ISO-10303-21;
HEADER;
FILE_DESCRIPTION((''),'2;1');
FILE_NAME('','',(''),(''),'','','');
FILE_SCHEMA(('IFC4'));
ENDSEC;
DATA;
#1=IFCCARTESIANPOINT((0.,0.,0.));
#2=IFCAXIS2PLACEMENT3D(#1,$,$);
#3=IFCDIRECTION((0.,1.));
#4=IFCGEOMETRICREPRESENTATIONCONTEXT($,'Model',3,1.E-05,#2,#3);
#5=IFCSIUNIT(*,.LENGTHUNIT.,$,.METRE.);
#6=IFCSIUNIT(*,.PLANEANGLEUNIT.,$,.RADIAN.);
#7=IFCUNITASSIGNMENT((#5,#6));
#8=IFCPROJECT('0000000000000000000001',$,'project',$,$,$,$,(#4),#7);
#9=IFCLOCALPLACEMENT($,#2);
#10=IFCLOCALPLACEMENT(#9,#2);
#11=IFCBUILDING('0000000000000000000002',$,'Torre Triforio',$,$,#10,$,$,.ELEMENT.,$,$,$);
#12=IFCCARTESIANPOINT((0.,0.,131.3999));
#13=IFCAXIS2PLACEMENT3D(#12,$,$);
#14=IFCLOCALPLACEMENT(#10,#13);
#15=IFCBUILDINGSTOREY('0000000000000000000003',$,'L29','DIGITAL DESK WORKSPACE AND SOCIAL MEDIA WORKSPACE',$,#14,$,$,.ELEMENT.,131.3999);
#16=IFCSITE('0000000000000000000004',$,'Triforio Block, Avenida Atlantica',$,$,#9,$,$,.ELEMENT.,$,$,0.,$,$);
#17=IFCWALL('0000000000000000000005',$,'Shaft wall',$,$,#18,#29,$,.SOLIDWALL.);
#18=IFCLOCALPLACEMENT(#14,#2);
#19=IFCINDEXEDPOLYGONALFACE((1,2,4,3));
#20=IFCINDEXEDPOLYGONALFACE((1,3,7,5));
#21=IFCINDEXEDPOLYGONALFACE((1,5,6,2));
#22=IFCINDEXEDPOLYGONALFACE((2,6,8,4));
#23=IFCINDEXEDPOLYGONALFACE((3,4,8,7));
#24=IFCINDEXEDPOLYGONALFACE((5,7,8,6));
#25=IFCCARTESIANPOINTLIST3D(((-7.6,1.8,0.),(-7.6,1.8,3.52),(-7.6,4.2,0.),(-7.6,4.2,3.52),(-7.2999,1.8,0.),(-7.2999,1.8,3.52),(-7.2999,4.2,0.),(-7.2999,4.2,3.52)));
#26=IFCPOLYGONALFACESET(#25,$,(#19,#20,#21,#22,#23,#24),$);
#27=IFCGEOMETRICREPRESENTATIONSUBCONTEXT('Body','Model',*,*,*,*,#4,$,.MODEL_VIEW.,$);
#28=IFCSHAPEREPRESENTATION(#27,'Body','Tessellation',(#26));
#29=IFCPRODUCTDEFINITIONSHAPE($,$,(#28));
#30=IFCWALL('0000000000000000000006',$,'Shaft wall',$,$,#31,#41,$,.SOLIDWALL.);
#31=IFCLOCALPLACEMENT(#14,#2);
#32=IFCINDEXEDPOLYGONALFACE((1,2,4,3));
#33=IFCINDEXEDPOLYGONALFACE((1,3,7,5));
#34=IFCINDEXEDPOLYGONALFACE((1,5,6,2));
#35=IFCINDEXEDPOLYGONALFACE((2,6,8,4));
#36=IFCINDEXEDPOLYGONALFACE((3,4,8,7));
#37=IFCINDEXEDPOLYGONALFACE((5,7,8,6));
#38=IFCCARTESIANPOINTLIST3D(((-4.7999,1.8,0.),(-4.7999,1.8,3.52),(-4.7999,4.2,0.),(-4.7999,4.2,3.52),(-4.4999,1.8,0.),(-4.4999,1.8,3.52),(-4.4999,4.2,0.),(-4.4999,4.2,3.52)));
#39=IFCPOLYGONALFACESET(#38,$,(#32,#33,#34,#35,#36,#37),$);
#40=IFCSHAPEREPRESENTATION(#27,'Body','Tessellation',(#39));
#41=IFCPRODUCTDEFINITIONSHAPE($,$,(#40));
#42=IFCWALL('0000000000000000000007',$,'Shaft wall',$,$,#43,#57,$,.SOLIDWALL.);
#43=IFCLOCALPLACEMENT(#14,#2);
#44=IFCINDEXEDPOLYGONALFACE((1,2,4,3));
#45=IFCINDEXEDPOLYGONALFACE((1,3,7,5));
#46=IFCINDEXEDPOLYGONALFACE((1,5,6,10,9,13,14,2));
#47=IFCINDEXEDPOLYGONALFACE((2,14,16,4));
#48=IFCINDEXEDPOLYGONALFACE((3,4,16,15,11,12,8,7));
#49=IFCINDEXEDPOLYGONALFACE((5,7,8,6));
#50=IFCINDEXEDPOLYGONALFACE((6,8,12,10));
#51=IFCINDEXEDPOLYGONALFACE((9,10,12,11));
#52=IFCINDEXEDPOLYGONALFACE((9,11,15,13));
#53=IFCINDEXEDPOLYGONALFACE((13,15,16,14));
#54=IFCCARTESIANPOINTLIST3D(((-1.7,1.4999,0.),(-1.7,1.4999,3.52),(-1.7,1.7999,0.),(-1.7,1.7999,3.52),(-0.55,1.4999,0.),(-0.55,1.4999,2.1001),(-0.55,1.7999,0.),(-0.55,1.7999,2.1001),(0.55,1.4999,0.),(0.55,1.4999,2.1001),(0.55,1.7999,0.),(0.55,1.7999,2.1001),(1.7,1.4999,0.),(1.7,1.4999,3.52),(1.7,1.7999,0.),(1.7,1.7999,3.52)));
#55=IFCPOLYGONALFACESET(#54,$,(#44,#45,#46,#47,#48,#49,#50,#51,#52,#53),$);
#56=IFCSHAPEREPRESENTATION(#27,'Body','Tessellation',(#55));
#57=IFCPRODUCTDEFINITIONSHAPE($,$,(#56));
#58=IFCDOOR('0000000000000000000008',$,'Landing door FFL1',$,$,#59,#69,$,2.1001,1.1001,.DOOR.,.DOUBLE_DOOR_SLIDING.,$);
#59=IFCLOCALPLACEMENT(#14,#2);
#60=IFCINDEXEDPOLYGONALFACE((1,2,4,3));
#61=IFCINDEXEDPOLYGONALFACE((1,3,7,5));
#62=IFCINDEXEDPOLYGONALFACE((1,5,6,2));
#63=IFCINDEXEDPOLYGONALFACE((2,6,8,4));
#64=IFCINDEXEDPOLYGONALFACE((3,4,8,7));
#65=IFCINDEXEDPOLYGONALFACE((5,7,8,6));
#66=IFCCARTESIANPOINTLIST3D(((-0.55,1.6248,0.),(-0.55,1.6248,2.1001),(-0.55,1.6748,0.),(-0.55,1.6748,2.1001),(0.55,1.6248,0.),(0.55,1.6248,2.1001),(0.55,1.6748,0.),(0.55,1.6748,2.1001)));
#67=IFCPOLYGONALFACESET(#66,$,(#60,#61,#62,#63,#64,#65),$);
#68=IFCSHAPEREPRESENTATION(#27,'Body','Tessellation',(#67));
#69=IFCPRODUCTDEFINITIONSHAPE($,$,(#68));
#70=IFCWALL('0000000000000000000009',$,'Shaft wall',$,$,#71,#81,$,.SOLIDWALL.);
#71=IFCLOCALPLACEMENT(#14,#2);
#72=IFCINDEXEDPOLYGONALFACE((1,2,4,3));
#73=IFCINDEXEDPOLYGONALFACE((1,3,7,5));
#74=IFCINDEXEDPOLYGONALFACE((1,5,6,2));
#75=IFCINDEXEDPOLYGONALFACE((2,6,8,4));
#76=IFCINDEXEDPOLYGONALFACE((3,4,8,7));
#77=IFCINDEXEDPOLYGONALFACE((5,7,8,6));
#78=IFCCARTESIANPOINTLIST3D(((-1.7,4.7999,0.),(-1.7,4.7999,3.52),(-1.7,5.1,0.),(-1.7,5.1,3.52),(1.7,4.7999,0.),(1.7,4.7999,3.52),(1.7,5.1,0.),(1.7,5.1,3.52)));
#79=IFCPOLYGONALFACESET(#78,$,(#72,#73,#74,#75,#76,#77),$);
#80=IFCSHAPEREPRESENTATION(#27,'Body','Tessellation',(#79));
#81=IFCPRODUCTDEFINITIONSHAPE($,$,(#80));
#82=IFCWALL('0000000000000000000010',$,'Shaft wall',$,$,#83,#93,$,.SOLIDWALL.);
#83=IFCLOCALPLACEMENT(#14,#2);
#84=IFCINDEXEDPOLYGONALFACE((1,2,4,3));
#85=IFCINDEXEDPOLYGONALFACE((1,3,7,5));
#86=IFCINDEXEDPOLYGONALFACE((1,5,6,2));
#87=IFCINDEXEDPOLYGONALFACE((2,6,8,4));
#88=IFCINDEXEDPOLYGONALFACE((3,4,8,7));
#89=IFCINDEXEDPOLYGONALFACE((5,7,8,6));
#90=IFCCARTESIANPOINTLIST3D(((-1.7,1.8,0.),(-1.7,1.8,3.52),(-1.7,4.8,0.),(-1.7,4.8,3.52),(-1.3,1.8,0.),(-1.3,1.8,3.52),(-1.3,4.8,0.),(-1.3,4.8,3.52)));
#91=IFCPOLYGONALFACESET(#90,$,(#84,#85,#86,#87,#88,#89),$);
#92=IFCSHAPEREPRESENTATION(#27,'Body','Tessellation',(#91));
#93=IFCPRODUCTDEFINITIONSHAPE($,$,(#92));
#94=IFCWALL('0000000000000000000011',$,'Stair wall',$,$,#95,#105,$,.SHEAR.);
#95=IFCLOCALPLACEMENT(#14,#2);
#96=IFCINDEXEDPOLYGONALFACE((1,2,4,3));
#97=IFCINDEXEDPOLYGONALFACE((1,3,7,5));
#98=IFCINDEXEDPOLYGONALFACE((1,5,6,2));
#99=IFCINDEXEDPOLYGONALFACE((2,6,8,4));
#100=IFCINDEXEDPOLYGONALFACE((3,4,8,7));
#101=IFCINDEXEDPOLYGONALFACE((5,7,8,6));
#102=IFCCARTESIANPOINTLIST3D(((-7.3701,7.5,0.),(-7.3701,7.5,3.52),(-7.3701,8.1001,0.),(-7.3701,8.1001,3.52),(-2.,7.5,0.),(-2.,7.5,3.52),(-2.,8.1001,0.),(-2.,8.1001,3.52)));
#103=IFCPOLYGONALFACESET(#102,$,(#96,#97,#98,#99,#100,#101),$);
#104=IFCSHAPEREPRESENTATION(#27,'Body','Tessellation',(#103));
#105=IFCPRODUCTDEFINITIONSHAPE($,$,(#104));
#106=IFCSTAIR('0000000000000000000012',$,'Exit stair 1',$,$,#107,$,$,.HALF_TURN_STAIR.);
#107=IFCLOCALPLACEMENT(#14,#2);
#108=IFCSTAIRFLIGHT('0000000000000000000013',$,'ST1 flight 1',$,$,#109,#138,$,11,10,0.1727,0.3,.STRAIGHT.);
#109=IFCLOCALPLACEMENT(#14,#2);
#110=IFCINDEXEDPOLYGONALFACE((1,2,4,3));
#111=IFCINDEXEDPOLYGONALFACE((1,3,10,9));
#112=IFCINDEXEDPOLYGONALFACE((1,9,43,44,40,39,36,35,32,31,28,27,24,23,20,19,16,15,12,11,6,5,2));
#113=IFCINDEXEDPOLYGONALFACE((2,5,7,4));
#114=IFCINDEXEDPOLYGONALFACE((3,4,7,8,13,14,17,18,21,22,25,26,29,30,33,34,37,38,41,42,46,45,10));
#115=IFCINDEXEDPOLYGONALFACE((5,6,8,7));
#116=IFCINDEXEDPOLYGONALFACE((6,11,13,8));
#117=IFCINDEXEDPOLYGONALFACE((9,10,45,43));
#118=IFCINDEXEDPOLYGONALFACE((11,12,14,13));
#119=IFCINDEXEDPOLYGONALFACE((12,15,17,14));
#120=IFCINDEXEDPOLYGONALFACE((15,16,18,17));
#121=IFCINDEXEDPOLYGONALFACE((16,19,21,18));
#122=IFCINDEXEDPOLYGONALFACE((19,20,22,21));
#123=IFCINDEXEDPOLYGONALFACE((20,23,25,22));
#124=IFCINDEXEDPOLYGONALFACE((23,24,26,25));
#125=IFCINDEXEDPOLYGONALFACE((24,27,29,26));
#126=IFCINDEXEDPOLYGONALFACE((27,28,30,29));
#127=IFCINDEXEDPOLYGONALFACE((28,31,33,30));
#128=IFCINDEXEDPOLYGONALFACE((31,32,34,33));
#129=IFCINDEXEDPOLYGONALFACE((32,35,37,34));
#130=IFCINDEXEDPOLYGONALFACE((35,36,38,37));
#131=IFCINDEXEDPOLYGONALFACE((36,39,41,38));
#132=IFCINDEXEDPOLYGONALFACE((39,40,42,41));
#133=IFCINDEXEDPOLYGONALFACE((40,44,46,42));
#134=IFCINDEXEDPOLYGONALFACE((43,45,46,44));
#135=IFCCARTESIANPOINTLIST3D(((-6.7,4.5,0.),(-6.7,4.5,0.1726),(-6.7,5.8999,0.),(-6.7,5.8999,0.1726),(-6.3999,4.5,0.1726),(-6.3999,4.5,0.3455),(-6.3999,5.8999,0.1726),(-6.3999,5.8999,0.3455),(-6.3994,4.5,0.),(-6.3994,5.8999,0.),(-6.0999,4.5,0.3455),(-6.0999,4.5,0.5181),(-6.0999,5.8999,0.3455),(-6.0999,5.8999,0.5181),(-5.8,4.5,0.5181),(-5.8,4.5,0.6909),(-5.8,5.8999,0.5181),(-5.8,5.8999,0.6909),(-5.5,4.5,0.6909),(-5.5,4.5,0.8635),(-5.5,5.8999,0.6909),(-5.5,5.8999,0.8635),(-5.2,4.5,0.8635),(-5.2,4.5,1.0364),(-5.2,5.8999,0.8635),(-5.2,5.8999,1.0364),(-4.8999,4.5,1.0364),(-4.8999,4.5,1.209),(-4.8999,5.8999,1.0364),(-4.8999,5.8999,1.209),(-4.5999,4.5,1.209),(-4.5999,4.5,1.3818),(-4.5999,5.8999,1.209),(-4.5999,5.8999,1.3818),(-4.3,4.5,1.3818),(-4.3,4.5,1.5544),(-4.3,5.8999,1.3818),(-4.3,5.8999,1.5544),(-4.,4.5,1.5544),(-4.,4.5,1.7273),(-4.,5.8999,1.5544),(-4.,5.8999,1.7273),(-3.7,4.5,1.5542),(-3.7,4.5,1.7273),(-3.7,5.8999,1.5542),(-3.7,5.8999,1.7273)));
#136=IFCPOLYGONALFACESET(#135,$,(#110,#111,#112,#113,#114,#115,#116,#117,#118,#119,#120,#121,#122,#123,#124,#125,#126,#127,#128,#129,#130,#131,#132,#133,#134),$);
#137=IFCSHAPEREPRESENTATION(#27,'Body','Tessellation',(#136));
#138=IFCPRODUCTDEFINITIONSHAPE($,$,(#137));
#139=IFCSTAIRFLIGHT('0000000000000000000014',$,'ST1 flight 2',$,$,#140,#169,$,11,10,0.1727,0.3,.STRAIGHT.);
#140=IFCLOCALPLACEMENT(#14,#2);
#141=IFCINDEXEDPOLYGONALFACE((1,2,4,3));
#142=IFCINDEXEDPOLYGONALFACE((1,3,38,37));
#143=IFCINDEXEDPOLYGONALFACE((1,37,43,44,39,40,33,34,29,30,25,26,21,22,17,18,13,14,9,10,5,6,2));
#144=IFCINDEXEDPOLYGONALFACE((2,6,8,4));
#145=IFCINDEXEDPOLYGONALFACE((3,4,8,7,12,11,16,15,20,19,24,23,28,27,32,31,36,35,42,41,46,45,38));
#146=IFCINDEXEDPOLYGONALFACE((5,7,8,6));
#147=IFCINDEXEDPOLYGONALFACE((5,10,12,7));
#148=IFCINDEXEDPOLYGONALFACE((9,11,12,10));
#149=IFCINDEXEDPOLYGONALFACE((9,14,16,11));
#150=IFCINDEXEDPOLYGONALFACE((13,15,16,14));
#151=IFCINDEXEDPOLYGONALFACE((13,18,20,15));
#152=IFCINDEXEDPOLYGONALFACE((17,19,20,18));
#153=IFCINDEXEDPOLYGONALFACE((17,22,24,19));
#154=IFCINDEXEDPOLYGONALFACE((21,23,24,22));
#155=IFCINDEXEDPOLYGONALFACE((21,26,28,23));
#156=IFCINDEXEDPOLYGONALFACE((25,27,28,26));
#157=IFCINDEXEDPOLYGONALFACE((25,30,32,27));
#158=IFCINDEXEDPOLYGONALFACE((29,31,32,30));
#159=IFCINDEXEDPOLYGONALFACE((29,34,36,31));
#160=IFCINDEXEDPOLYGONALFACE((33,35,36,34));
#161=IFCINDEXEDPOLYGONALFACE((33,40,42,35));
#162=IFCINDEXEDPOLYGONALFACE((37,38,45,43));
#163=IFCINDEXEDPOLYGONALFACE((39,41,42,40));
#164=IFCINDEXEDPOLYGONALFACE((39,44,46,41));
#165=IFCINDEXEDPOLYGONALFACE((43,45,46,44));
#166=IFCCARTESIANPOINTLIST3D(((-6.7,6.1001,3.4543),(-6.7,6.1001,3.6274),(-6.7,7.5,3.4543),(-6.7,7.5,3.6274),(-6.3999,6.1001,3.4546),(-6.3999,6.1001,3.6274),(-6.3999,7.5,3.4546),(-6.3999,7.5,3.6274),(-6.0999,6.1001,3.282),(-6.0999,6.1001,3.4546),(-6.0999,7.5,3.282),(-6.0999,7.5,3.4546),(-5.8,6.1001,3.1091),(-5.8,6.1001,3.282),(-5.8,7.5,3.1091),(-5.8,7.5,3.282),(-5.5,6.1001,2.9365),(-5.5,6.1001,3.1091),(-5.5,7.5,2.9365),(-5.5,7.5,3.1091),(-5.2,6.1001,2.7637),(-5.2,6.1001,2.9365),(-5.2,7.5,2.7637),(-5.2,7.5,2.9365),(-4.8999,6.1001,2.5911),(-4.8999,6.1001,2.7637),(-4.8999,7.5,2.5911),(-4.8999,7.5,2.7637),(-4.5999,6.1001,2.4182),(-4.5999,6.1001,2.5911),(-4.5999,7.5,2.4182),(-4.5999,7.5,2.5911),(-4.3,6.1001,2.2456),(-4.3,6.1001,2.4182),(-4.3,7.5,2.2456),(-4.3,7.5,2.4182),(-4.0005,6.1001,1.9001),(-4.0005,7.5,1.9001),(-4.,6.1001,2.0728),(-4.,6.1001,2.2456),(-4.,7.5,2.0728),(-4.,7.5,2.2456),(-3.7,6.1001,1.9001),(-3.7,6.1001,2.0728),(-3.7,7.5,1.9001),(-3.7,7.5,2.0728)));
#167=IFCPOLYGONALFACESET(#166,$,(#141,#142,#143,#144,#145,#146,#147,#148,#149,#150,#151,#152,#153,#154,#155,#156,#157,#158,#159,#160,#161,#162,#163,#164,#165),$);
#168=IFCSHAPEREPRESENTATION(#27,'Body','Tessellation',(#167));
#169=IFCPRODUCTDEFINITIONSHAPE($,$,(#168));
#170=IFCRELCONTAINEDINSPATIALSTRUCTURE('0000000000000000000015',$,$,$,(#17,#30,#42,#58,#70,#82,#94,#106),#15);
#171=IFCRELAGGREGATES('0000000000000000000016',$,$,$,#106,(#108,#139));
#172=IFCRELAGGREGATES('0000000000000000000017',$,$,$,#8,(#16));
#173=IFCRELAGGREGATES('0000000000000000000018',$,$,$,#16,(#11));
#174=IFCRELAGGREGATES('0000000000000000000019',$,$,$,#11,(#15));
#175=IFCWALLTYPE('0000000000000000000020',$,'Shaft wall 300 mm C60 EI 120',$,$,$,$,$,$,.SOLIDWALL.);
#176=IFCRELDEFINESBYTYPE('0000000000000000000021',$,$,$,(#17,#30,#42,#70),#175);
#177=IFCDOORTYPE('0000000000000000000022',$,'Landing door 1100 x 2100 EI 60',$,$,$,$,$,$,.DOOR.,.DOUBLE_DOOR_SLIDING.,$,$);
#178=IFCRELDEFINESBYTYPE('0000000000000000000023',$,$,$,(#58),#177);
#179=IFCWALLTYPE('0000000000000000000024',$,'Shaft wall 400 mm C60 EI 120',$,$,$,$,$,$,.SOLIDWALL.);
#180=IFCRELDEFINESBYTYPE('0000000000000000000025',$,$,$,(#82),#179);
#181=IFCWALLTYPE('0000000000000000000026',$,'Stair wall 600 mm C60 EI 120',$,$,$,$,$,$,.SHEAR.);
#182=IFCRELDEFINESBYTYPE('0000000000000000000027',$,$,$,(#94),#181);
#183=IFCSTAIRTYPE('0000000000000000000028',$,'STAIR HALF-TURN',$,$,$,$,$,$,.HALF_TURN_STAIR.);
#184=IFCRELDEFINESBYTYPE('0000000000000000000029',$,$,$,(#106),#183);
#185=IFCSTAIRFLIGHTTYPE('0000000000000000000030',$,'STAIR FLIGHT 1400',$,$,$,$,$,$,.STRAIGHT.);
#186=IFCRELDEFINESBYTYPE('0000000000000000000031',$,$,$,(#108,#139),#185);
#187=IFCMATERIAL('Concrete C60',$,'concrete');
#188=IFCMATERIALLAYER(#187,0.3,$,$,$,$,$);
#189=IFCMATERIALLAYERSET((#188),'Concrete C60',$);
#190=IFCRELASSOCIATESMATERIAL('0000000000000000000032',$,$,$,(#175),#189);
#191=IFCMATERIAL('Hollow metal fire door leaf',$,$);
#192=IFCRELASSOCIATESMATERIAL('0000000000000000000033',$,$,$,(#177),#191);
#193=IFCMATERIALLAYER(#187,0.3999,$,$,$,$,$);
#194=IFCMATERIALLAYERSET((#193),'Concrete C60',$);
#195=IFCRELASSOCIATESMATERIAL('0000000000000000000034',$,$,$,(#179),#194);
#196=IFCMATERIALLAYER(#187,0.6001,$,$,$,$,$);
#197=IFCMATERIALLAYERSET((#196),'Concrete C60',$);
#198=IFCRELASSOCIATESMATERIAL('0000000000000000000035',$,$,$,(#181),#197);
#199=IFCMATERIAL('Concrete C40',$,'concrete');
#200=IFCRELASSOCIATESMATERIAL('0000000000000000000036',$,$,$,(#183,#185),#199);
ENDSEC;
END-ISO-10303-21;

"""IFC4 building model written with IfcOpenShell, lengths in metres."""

from ifc_helpers import new_model, si_unit, direction, frame, frame_2d, origin, place, context, subcontext, project, spatial, polyline, rectangle, outline, extrude, material, layer, layer_set, type_object, element, fill, aggregate, save


model = new_model("IFC4")

# Units and contexts
model_context = context("Model", 3, precision=1e-05, world=origin(), true_north=direction((0.0, 1.0)))
body_context = subcontext(model_context, "Body", "Model", "MODEL_VIEW")
ifc_project = project(units=[si_unit("LENGTHUNIT", "METRE"), si_unit("PLANEANGLEUNIT", "RADIAN")], contexts=[model_context])

# Site, building, storey
site_placement = place(None, origin())
site = spatial("IfcSite", under=ifc_project, at=site_placement, Name="Triforio Block, Avenida Atlantica", CompositionType="ELEMENT", RefElevation=0.0)
building_placement = place(site_placement, origin())
building = spatial("IfcBuilding", under=site, at=building_placement, Name="Torre Triforio", CompositionType="ELEMENT")
storey_placement = place(building_placement, frame((0.0, 0.0, 131.3999)))
storey = spatial("IfcBuildingStorey", under=building, at=storey_placement, Name="L29", Description="DIGITAL DESK WORKSPACE AND SOCIAL MEDIA WORKSPACE", CompositionType="ELEMENT", Elevation=131.3999)

# Walls
ifc_material_1 = material(Name="Concrete C60", Category="concrete")
ifc_layer_1 = layer(ifc_material_1, 0.3)
ifc_layer_set_1 = layer_set([ifc_layer_1], Name="Concrete C60")
wall_type_1 = type_object("IfcWallType", Name="Shaft wall 300 mm C60 EI 120", PredefinedType="SOLIDWALL", material=ifc_layer_set_1)
for number, where, z_axis, x_axis, name in (
    (1, (-7.45, 1.8, 0.0), (0.0, 0.0, 1.0), (0.0, 1.0, 0.0), "Shaft wall"),
    (2, (-4.6499, 1.8, 0.0), (0.0, 0.0, 1.0), (0.0, 1.0, 0.0), "Shaft wall"),
):
    element("IfcWall", number, at=place(storey_placement, frame(where, z_axis=z_axis, x_axis=x_axis)), inside=storey, type_object=wall_type_1, Name=name, PredefinedType="SOLIDWALL", context=body_context, shape_type="SweptSolid", body=[
        extrude(rectangle(XDim=2.3999, YDim=0.3, at=frame_2d((1.2, 0.0))), origin(), (0.0, 0.0, 1.0), 3.52),
    ])

# Wall, opening, door
wall_1_placement = place(storey_placement, frame((-1.7, 1.6499, 0.0), z_axis=(0.0, 0.0, 1.0), x_axis=(1.0, 0.0, 0.0)))
wall_1 = element("IfcWall", 3, at=wall_1_placement, inside=storey, type_object=wall_type_1, Name="Shaft wall", PredefinedType="SOLIDWALL", context=body_context, shape_type="SweptSolid", body=[
    extrude(rectangle(XDim=3.3999, YDim=0.3, at=frame_2d((1.7, 0.0))), origin(), (0.0, 0.0, 1.0), 3.52),
])
opening_placement = place(wall_1_placement, frame((1.1499, 0.0, 0.0)))
opening = element("IfcOpeningElement", 4, at=opening_placement, cuts=wall_1, PredefinedType="OPENING", context=body_context, shape_type="SweptSolid", body=[
    extrude(rectangle(XDim=1.1001, YDim=2.1001, at=frame_2d((0.55, 1.05))), frame((0.0, 0.1599, 0.0), z_axis=(0.0, -1.0, 0.0), x_axis=(1.0, 0.0, 0.0)), (0.0, 0.0, 1.0), 0.3201),
])
ifc_material_2 = material(Name="Hollow metal fire door leaf")
door_type = type_object("IfcDoorType", Name="Landing door 1100 x 2100 EI 60", OperationType="DOUBLE_DOOR_SLIDING", PredefinedType="DOOR", material=ifc_material_2)
door_placement = place(opening_placement, origin())
door = element("IfcDoor", 5, at=door_placement, inside=storey, type_object=door_type, Name="Landing door FFL1", OperationType="DOUBLE_DOOR_SLIDING", OverallHeight=2.1001, OverallWidth=1.1001, PredefinedType="DOOR", context=body_context, shape_type="SweptSolid", body=[
    extrude(rectangle(XDim=1.1001, YDim=2.1001, at=frame_2d((0.55, 1.05))), frame((0.0, 0.0249, 0.0), z_axis=(0.0, -1.0, 0.0), x_axis=(1.0, 0.0, 0.0)), (0.0, 0.0, 1.0), 0.05),
])
fill(opening, door)

# Walls
wall_2_placement = place(storey_placement, frame((-1.7, 4.95, 0.0), z_axis=(0.0, 0.0, 1.0), x_axis=(1.0, 0.0, 0.0)))
element("IfcWall", 6, at=wall_2_placement, inside=storey, type_object=wall_type_1, Name="Shaft wall", PredefinedType="SOLIDWALL", context=body_context, shape_type="SweptSolid", body=[
    extrude(rectangle(XDim=3.3999, YDim=0.3, at=frame_2d((1.7, 0.0))), origin(), (0.0, 0.0, 1.0), 3.52),
])
ifc_layer_2 = layer(ifc_material_1, 0.3999)
ifc_layer_set_2 = layer_set([ifc_layer_2], Name="Concrete C60")
wall_type_2 = type_object("IfcWallType", Name="Shaft wall 400 mm C60 EI 120", PredefinedType="SOLIDWALL", material=ifc_layer_set_2)
wall_3_placement = place(storey_placement, frame((-1.5, 1.8, 0.0), z_axis=(0.0, 0.0, 1.0), x_axis=(0.0, 1.0, 0.0)))
element("IfcWall", 7, at=wall_3_placement, inside=storey, type_object=wall_type_2, Name="Shaft wall", PredefinedType="SOLIDWALL", context=body_context, shape_type="SweptSolid", body=[
    extrude(rectangle(XDim=3.0, YDim=0.3999, at=frame_2d((1.5, 0.0))), origin(), (0.0, 0.0, 1.0), 3.52),
])
ifc_layer_3 = layer(ifc_material_1, 0.6001)
ifc_layer_set_3 = layer_set([ifc_layer_3], Name="Concrete C60")
wall_type_3 = type_object("IfcWallType", Name="Stair wall 600 mm C60 EI 120", PredefinedType="SHEAR", material=ifc_layer_set_3)
wall_4_placement = place(storey_placement, frame((-7.3701, 7.8, 0.0), z_axis=(0.0, 0.0, 1.0), x_axis=(1.0, 0.0, 0.0)))
element("IfcWall", 8, at=wall_4_placement, inside=storey, type_object=wall_type_3, Name="Stair wall", PredefinedType="SHEAR", context=body_context, shape_type="SweptSolid", body=[
    extrude(rectangle(XDim=5.3701, YDim=0.6001, at=frame_2d((2.6851, 0.0))), origin(), (0.0, 0.0, 1.0), 3.52),
])

# Stair, stair flights
ifc_material_3 = material(Name="Concrete C40", Category="concrete")
stair_type = type_object("IfcStairType", Name="STAIR HALF-TURN", PredefinedType="HALF_TURN_STAIR", material=ifc_material_3)
stair_placement = place(storey_placement, origin())
stair = element("IfcStair", 9, at=stair_placement, inside=storey, type_object=stair_type, Name="Exit stair 1", PredefinedType="HALF_TURN_STAIR")
stair_flight_type = type_object("IfcStairFlightType", Name="STAIR FLIGHT 1400", PredefinedType="STRAIGHT", material=ifc_material_3)
stair_flight_1_placement = place(storey_placement, frame((-6.7, 5.2, 0.0), z_axis=(0.0, 0.0, 1.0), x_axis=(1.0, 0.0, 0.0)))
stair_flight_1 = element("IfcStairFlight", 10, at=stair_flight_1_placement, type_object=stair_flight_type, Name="ST1 flight 1", NumberOfRisers=11, NumberOfTreads=10, PredefinedType="STRAIGHT", RiserHeight=0.1727, TreadLength=0.3, context=body_context, shape_type="SweptSolid", body=[
    extrude(outline(polyline([(0.0, 0.0), (0.0, 0.1726), (0.3, 0.1726), (0.3, 0.3455), (0.6001, 0.3455), (0.6001, 0.5181), (0.8999, 0.5181), (0.8999, 0.6909), (1.2, 0.6909), (1.2, 0.8635), (1.5, 0.8635), (1.5, 1.0364), (1.8, 1.0364), (1.8, 1.209), (2.1001, 1.209), (2.1001, 1.3818), (2.3999, 1.3818), (2.3999, 1.5544), (2.7, 1.5544), (2.7, 1.7273), (3.0, 1.7273), (3.0, 1.8999), (3.0, 1.5542), (0.3005, 0.0), (0.0, 0.0)])), frame((0.0, 0.7, 0.0), z_axis=(0.0, -1.0, 0.0), x_axis=(1.0, 0.0, 0.0)), (0.0, 0.0, 1.0), 1.3999),
])
stair_flight_2_placement = place(storey_placement, frame((-3.7, 6.8, 1.9001), z_axis=(0.0, 0.0, 1.0), x_axis=(-1.0, 0.0, 0.0)))
stair_flight_2 = element("IfcStairFlight", 11, at=stair_flight_2_placement, type_object=stair_flight_type, Name="ST1 flight 2", NumberOfRisers=11, NumberOfTreads=10, PredefinedType="STRAIGHT", RiserHeight=0.1727, TreadLength=0.3, context=body_context, shape_type="SweptSolid", body=[
    extrude(outline(polyline([(0.0, 0.0), (0.0, 0.1726), (0.3, 0.1726), (0.3, 0.3455), (0.6001, 0.3455), (0.6001, 0.5181), (0.8999, 0.5181), (0.8999, 0.6909), (1.2, 0.6909), (1.2, 0.8635), (1.5, 0.8635), (1.5, 1.0364), (1.8, 1.0364), (1.8, 1.209), (2.1001, 1.209), (2.1001, 1.3818), (2.3999, 1.3818), (2.3999, 1.5544), (2.7, 1.5544), (2.7, 1.7273), (3.0, 1.7273), (3.0, 1.8999), (3.0, 1.5542), (0.3005, 0.0), (0.0, 0.0)])), frame((0.0, 0.7, 0.0), z_axis=(0.0, -1.0, 0.0), x_axis=(1.0, 0.0, 0.0)), (0.0, 0.0, 1.0), 1.3999),
])
aggregate(stair, [stair_flight_1, stair_flight_2])

save(model, "model.ifc")
